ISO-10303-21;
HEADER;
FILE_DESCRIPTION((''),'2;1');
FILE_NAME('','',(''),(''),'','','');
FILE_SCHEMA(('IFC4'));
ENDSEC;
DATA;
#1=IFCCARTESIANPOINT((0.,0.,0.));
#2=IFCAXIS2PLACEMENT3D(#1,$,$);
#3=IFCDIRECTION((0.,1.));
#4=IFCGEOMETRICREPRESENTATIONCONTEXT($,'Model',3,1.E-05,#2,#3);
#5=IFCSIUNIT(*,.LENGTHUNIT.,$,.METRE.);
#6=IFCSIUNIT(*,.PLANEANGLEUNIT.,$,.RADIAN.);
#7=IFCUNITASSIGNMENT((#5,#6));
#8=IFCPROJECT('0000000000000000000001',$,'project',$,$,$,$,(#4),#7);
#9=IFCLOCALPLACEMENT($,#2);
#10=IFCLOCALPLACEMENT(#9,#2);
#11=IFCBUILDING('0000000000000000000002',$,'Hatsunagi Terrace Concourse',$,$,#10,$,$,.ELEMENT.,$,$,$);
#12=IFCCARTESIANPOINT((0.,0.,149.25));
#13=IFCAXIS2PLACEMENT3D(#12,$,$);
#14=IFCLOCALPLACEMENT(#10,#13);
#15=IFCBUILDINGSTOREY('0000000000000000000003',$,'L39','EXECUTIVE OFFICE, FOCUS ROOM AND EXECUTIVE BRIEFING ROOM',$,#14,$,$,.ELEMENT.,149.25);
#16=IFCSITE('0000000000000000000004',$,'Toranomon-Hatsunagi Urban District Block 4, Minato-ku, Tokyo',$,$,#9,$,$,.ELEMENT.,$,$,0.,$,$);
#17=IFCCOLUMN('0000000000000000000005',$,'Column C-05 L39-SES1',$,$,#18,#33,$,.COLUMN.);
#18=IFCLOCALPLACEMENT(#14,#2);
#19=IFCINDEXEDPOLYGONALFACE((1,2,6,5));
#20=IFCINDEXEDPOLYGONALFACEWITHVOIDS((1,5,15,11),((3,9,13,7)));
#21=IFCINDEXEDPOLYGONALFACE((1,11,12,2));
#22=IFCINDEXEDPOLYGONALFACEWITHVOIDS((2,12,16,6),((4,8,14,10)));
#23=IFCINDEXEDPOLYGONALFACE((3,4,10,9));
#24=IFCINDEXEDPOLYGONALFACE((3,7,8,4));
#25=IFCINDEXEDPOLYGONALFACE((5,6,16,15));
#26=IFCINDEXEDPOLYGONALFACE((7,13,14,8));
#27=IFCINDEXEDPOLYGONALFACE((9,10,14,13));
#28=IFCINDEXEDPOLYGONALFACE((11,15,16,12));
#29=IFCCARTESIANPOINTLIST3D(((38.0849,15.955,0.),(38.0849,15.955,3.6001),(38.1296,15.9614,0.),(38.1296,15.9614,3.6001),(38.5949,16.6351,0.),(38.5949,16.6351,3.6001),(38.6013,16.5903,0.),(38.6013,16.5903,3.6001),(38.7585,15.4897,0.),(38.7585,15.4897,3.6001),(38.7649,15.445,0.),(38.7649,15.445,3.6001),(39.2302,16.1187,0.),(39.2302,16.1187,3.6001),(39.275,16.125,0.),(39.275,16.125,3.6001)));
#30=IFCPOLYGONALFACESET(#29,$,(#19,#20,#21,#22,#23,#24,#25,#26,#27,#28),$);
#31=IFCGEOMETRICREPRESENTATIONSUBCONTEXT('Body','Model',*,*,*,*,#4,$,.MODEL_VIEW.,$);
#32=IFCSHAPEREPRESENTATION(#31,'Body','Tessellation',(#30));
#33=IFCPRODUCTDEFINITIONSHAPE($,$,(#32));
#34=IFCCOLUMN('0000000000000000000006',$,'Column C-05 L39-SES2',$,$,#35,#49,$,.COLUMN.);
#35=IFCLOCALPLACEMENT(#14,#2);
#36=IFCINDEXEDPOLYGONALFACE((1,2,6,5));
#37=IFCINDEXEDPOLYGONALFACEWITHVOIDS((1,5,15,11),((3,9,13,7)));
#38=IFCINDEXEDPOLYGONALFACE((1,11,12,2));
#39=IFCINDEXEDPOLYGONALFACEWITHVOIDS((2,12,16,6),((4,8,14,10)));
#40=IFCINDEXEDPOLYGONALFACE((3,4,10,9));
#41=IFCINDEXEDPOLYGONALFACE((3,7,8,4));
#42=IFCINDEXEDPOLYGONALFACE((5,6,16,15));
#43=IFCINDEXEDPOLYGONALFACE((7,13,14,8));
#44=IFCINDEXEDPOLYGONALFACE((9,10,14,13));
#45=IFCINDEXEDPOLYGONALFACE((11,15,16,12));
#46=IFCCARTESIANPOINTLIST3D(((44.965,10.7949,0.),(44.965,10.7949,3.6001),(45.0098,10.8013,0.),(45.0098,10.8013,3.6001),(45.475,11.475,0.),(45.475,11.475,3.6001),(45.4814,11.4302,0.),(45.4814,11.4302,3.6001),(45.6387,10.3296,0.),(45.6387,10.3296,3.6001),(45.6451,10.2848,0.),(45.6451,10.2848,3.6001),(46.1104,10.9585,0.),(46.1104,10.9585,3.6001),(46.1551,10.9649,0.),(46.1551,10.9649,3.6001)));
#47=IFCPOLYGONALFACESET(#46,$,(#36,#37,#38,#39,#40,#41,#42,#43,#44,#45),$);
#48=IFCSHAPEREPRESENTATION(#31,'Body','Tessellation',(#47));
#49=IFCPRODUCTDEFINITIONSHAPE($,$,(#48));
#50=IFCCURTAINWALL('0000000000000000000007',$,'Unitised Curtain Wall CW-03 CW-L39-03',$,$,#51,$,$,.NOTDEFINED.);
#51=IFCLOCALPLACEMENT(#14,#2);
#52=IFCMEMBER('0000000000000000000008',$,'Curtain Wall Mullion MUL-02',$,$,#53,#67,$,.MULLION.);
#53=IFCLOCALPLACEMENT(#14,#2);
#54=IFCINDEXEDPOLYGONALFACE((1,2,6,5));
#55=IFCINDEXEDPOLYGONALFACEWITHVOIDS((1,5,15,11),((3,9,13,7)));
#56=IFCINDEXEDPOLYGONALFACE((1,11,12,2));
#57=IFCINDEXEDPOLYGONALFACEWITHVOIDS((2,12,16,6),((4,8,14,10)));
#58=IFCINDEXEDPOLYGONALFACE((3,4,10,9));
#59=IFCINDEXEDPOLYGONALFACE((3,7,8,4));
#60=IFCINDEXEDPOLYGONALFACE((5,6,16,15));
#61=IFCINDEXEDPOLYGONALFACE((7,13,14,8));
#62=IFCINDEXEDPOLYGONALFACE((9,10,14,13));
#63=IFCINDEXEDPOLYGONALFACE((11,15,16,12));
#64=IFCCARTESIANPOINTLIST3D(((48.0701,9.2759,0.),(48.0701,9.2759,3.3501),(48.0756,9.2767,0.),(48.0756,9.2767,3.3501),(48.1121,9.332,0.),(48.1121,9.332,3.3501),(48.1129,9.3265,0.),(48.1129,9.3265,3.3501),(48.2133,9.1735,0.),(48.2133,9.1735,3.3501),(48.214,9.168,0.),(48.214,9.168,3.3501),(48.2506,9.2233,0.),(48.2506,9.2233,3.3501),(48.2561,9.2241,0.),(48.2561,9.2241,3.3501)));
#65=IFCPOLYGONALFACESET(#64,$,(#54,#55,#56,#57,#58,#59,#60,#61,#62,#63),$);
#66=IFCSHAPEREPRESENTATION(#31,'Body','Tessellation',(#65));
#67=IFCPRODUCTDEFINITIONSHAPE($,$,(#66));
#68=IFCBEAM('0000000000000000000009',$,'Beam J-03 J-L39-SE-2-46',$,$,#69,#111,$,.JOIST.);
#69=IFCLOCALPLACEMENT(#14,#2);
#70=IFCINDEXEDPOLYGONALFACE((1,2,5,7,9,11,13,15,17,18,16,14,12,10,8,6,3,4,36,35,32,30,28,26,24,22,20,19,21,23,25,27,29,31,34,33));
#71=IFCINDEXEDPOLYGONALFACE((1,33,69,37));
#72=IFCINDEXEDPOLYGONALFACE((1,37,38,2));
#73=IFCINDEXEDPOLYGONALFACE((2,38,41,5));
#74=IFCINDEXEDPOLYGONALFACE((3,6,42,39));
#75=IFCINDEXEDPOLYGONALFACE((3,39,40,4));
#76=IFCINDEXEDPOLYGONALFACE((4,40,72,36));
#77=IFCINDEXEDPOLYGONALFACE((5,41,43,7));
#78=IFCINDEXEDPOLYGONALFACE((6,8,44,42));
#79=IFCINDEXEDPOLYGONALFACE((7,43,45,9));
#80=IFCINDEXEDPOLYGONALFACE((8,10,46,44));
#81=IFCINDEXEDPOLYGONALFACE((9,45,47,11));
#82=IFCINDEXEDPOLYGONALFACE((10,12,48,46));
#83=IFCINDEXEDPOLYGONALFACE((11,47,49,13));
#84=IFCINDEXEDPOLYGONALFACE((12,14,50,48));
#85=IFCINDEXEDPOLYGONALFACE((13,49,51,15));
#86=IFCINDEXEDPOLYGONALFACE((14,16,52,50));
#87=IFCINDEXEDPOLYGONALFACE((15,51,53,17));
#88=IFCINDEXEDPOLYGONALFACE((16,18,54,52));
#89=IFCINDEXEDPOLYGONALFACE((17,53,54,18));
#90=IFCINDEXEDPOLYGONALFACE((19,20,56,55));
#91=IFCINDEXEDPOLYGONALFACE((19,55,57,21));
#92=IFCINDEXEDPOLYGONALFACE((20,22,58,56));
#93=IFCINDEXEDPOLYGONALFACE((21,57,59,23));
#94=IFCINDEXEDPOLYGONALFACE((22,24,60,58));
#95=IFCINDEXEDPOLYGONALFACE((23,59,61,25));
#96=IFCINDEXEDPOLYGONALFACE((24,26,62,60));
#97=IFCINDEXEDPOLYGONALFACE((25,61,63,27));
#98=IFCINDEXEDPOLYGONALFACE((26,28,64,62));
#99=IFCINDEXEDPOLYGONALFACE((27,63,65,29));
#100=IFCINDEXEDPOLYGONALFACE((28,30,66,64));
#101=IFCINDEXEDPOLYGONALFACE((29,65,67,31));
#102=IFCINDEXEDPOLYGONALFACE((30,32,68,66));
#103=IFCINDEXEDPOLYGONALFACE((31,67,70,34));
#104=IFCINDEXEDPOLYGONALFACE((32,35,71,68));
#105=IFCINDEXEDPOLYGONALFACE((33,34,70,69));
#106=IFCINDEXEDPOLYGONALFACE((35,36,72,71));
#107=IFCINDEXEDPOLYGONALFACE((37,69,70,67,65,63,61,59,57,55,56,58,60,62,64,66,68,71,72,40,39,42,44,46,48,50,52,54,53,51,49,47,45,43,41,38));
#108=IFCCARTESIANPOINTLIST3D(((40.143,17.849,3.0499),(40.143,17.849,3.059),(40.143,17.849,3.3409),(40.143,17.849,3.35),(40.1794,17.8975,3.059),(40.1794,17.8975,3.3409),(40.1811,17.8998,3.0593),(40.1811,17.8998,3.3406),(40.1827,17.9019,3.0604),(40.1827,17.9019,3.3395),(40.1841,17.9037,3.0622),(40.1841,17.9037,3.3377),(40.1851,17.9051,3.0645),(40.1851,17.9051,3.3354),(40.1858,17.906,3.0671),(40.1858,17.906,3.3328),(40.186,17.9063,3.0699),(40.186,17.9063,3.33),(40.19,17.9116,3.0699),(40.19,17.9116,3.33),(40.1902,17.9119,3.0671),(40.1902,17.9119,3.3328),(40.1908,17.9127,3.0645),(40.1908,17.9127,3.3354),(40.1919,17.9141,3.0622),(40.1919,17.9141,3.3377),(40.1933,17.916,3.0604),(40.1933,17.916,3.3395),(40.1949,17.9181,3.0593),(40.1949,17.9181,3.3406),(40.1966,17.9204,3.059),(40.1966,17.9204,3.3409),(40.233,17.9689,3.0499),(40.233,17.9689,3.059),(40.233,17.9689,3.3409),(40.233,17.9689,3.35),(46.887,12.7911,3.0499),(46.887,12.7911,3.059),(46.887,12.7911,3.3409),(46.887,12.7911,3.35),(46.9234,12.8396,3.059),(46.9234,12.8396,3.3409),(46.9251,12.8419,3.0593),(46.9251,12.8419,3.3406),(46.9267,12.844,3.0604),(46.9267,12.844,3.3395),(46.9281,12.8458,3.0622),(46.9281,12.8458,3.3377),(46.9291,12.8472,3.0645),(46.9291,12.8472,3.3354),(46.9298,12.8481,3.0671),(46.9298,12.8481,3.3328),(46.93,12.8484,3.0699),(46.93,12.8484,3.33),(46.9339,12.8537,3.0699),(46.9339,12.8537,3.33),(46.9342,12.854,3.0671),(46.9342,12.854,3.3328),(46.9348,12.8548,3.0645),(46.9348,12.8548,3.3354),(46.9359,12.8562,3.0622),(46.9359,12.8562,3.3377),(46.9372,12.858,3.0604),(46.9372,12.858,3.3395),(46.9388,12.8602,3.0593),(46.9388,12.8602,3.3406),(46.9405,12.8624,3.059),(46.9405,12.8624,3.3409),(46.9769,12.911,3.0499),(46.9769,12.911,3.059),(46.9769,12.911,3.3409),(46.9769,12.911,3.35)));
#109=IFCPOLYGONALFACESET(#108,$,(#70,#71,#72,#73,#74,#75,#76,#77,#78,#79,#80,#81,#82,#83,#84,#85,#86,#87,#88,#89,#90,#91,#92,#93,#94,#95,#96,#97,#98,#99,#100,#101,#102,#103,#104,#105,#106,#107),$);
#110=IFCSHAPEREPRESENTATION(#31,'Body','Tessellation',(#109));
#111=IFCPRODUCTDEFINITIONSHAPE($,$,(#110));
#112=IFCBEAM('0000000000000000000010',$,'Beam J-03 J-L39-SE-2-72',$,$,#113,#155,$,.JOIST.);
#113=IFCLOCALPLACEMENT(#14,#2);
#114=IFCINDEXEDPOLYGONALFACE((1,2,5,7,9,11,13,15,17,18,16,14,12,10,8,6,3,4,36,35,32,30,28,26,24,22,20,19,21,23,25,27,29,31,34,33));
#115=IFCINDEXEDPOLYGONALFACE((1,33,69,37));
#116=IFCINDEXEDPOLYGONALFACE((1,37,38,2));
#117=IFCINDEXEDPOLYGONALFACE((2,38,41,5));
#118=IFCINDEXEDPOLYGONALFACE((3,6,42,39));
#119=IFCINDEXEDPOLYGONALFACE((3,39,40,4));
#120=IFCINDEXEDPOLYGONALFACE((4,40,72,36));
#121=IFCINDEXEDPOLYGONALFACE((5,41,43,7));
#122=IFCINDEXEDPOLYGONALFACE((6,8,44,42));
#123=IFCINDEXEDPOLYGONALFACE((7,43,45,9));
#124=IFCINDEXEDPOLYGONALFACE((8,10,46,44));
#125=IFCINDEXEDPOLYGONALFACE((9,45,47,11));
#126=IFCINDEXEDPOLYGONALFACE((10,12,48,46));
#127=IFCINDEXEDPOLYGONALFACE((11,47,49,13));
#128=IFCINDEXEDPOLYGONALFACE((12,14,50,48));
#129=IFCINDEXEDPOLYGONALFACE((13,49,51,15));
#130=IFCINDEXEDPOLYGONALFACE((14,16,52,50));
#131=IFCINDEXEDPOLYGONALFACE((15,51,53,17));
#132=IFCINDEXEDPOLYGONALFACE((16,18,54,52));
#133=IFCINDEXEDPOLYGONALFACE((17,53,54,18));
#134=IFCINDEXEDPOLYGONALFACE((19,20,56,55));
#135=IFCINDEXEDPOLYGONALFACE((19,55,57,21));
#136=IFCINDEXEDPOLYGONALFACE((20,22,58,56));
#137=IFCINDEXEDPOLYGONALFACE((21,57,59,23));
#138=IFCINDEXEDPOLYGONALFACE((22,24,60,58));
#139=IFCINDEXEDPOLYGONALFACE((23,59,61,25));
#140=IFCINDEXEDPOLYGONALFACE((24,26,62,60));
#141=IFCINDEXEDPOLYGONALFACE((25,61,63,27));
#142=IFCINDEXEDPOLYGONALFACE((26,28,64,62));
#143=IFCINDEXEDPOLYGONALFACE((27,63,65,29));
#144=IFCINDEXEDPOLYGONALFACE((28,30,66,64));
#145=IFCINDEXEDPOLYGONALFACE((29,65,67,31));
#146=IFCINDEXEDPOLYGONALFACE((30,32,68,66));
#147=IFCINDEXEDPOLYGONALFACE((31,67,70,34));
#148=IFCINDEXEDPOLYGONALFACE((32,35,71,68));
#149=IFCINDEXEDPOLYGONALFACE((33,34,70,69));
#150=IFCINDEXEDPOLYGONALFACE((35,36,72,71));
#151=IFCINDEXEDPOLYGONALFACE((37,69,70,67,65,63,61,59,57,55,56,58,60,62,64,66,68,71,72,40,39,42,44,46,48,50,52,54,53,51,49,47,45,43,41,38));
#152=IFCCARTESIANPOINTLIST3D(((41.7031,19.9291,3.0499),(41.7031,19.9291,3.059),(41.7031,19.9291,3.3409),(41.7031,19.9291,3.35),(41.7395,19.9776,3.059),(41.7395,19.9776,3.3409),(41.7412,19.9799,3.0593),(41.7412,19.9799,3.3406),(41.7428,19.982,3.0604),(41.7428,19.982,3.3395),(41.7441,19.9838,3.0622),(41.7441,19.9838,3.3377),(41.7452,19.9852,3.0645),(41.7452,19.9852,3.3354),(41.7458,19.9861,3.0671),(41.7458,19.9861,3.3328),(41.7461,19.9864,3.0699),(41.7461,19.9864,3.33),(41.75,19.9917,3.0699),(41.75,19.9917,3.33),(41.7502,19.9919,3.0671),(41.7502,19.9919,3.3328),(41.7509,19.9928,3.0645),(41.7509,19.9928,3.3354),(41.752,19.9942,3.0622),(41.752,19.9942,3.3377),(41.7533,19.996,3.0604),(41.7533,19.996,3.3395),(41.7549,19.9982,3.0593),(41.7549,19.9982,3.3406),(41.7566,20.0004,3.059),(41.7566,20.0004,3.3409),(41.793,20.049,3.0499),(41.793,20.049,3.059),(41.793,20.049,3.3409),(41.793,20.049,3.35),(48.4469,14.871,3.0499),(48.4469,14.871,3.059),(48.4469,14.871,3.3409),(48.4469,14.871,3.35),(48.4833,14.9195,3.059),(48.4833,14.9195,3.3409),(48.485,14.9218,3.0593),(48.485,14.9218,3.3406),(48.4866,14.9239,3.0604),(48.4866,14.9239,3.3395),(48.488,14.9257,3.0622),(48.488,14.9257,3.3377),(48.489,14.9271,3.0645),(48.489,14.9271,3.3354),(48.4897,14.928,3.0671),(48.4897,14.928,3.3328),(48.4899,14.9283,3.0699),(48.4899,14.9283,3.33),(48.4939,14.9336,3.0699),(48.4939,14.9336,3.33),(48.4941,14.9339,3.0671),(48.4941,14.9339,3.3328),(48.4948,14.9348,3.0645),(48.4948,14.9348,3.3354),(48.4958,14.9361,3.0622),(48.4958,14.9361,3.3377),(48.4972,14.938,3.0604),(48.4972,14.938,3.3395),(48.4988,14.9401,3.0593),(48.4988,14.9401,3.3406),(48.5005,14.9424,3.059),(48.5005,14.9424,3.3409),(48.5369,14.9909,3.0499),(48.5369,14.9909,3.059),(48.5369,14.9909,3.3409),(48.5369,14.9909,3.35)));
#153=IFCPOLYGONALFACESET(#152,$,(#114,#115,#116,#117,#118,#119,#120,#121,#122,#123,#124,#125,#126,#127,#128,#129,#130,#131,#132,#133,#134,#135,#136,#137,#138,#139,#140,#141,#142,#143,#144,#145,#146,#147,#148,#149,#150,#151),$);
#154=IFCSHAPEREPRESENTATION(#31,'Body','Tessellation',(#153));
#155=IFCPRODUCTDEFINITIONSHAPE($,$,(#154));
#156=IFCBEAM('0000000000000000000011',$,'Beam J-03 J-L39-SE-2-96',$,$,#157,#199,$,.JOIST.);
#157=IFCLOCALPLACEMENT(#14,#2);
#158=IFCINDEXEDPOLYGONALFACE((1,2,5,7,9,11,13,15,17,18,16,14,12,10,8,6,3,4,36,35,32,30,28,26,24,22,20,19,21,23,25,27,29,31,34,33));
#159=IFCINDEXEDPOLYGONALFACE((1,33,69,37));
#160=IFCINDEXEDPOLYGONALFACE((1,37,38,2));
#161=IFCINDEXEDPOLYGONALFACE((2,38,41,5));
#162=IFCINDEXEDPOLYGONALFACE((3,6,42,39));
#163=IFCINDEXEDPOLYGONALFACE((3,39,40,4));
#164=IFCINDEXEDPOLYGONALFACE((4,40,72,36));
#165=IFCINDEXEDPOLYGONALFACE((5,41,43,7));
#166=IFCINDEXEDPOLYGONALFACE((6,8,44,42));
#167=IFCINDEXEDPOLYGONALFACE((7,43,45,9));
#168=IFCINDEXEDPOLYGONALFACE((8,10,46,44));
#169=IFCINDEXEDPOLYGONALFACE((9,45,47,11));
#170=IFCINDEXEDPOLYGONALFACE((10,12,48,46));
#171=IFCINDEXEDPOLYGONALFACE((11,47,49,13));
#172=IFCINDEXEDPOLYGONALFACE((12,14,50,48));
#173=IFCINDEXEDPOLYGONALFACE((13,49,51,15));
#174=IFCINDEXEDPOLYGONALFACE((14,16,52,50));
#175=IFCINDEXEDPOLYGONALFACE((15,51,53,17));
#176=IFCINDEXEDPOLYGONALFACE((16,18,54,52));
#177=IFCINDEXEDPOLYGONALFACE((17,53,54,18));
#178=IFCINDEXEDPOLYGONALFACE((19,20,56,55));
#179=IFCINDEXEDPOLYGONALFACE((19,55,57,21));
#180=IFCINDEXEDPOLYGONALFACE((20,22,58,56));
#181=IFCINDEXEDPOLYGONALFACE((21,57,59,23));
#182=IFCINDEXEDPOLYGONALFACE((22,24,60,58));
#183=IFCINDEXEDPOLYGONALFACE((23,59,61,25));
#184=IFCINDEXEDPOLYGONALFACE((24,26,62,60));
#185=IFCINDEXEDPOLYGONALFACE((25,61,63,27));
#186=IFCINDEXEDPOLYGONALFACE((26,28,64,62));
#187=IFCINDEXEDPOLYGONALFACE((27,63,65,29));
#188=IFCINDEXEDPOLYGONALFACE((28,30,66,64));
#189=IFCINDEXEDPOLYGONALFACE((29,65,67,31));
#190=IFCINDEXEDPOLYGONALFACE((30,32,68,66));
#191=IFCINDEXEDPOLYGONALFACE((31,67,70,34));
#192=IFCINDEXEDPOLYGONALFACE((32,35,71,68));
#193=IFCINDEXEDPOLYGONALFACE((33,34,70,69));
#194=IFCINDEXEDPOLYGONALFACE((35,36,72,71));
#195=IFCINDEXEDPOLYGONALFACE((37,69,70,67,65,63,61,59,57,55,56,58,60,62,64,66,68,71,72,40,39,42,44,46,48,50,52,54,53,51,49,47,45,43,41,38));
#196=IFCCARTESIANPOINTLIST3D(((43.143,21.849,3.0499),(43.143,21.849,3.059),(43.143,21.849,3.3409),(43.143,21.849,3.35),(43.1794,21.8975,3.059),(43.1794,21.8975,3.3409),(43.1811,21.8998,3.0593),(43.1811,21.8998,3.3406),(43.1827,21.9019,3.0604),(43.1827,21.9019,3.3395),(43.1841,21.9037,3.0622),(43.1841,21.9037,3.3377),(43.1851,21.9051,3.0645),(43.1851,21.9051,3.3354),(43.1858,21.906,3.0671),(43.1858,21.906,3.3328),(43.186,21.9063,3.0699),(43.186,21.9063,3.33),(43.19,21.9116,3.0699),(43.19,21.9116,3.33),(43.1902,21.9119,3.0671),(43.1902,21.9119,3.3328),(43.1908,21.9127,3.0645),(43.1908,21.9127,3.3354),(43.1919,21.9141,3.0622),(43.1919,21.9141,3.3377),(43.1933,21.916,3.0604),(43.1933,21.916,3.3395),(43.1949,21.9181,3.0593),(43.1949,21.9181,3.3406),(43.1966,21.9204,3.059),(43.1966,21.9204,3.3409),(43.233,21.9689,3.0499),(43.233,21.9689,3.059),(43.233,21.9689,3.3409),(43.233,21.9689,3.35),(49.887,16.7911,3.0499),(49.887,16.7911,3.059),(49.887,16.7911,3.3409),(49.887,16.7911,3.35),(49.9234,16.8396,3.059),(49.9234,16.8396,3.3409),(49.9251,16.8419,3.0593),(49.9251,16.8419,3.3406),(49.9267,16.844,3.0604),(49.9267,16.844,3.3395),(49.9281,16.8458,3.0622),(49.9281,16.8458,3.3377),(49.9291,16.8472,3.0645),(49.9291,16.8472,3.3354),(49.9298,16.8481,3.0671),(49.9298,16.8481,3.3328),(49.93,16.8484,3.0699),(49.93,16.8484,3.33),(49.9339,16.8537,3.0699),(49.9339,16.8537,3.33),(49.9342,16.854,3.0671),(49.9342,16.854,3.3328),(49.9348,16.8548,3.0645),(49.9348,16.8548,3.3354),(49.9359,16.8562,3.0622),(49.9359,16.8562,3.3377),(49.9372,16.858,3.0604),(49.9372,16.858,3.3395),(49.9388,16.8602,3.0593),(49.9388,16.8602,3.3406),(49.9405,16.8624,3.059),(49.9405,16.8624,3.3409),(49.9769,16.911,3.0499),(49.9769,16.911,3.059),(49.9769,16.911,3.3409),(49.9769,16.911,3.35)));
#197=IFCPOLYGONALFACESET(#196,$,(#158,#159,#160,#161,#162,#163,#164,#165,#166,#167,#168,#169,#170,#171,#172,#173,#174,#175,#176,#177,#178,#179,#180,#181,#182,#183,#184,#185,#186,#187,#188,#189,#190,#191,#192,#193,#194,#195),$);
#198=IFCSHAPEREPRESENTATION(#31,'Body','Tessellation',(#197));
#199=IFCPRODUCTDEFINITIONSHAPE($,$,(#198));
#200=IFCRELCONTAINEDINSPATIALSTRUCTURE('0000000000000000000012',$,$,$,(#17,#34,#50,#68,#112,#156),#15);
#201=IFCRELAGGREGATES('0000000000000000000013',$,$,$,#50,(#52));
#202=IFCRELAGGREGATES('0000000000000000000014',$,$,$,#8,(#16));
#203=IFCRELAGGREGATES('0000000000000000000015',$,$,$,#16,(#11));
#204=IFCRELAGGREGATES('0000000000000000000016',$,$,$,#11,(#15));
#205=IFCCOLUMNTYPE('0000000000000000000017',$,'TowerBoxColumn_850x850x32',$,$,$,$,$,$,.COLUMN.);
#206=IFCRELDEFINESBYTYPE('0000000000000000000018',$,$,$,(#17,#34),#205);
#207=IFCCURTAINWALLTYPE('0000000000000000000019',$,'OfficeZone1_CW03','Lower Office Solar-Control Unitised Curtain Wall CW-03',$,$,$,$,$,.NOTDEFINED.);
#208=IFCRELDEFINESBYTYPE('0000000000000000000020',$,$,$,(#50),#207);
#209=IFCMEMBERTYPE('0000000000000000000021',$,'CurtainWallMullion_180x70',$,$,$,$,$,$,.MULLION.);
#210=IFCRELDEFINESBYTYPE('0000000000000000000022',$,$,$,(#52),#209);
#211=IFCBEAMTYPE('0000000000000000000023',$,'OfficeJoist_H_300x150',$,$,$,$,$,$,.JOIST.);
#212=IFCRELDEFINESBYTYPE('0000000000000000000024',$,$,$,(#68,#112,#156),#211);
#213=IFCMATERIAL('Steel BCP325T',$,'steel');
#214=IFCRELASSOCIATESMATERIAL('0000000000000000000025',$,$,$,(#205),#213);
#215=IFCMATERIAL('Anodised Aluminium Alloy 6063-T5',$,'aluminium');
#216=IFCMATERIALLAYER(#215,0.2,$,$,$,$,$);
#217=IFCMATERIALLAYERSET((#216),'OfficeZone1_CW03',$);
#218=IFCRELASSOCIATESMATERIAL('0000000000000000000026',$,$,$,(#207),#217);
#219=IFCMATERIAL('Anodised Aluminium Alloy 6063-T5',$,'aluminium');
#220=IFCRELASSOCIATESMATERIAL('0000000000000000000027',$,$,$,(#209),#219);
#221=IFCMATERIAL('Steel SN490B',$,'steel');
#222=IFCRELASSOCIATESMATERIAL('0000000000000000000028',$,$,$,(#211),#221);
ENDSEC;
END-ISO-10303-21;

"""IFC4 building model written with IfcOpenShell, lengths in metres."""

from ifc_helpers import new_model, si_unit, direction, frame, origin, origin_2d, place, context, subcontext, project, spatial, hollow_rectangle, i_section, extrude, material, layer, layer_set, material_profile, profile_set, type_object, element, aggregate, save


model = new_model("IFC4")

# Units and contexts
model_context = context("Model", 3, precision=1e-05, world=origin(), true_north=direction((0.0, 1.0)))
body_context = subcontext(model_context, "Body", "Model", "MODEL_VIEW")
ifc_project = project(units=[si_unit("LENGTHUNIT", "METRE"), si_unit("PLANEANGLEUNIT", "RADIAN")], contexts=[model_context])

# Site, building, storey
site_placement = place(None, origin())
site = spatial("IfcSite", under=ifc_project, at=site_placement, Name="Toranomon-Hatsunagi Urban District Block 4, Minato-ku, Tokyo", CompositionType="ELEMENT", RefElevation=0.0)
building_placement = place(site_placement, origin())
building = spatial("IfcBuilding", under=site, at=building_placement, Name="Hatsunagi Terrace Concourse", CompositionType="ELEMENT")
storey_placement = place(building_placement, frame((0.0, 0.0, 149.25)))
storey = spatial("IfcBuildingStorey", under=building, at=storey_placement, Name="L39", Description="EXECUTIVE OFFICE, FOCUS ROOM AND EXECUTIVE BRIEFING ROOM", CompositionType="ELEMENT", Elevation=149.25)

# Columns
ifc_material_1 = material(Name="Steel BCP325T", Category="steel")
ifc_material_profile_1 = material_profile(ifc_material_1, hollow_rectangle(XDim=0.8501, YDim=0.8501, WallThickness=0.032, at=origin_2d()), Name="BCP-850x850x32")
ifc_profile_set_1 = profile_set([ifc_material_profile_1], Name="Steel BCP325T")
column_type = type_object("IfcColumnType", Name="TowerBoxColumn_850x850x32", PredefinedType="COLUMN", material=ifc_profile_set_1)
for number, where, z_axis, x_axis, name in (
    (1, (38.6799, 16.04, 0.0), (0.0, 0.0, 1.0), (0.8, -0.6, 0.0), "Column C-05 L39-SES1"),
    (2, (45.5601, 10.8799, 0.0), (0.0, 0.0, 1.0), (0.8, -0.6, 0.0), "Column C-05 L39-SES2"),
):
    element("IfcColumn", number, at=place(storey_placement, frame(where, z_axis=z_axis, x_axis=x_axis)), inside=storey, type_object=column_type, Name=name, PredefinedType="COLUMN", context=body_context, shape_type="SweptSolid", body=[
        extrude(hollow_rectangle(XDim=0.8501, YDim=0.8501, WallThickness=0.032, at=origin_2d()), origin(), (0.0, 0.0, 1.0), 3.6001),
    ])

# Curtain wall, member
ifc_material_2 = material(Name="Anodised Aluminium Alloy 6063-T5", Category="aluminium")
ifc_layer_1 = layer(ifc_material_2, 0.2)
ifc_layer_set_1 = layer_set([ifc_layer_1], Name="OfficeZone1_CW03")
curtain_wall_type = type_object("IfcCurtainWallType", Name="OfficeZone1_CW03", Description="Lower Office Solar-Control Unitised Curtain Wall CW-03", PredefinedType="NOTDEFINED", material=ifc_layer_set_1)
curtain_wall_placement = place(storey_placement, origin())
curtain_wall = element("IfcCurtainWall", 3, at=curtain_wall_placement, inside=storey, type_object=curtain_wall_type, Name="Unitised Curtain Wall CW-03 CW-L39-03", PredefinedType="NOTDEFINED")
ifc_material_3 = material(Name="Anodised Aluminium Alloy 6063-T5", Category="aluminium")
ifc_material_profile_2 = material_profile(ifc_material_3, hollow_rectangle(XDim=0.0701, YDim=0.1799, WallThickness=0.0039, at=origin_2d()), Name="ALU-MUL-180x70x4")
ifc_profile_set_2 = profile_set([ifc_material_profile_2], Name="Anodised Aluminium Alloy 6063-T5")
member_type_1 = type_object("IfcMemberType", Name="CurtainWallMullion_180x70", PredefinedType="MULLION", material=ifc_profile_set_2)
member_1_placement = place(storey_placement, frame((48.1631, 9.25, 0.0), z_axis=(0.0, 0.0, 1.0), x_axis=(-0.599969, -0.800023, 0.0)))
member_1 = element("IfcMember", 4, at=member_1_placement, type_object=member_type_1, Name="Curtain Wall Mullion MUL-02", PredefinedType="MULLION", context=body_context, shape_type="SweptSolid", body=[
    extrude(hollow_rectangle(XDim=0.0701, YDim=0.1799, WallThickness=0.0039, at=origin_2d()), origin(), (0.0, 0.0, 1.0), 3.3501),
])
aggregate(curtain_wall, [member_1])

# Beams
ifc_material_4 = material(Name="Steel SN490B", Category="steel")
ifc_material_profile_3 = material_profile(ifc_material_4, i_section(OverallWidth=0.1499, OverallDepth=0.3, WebThickness=0.0066, FlangeThickness=0.009, FilletRadius=0.011, at=origin_2d()), Name="H-300x150x6.5x9")
ifc_profile_set_3 = profile_set([ifc_material_profile_3], Name="Steel SN490B")
beam_type_1 = type_object("IfcBeamType", Name="OfficeJoist_H_300x150", PredefinedType="JOIST", material=ifc_profile_set_3)
for number, where, z_axis, x_axis, name in (
    (5, (40.188, 17.9089, 3.2), (0.800003, -0.599995, 0.0), (0.599995, 0.800003, 0.0), "Beam J-03 J-L39-SE-2-46"),
    (6, (41.748, 19.989, 3.2), (0.79999, -0.600014, 0.0), (0.600014, 0.79999, 0.0), "Beam J-03 J-L39-SE-2-72"),
    (7, (43.188, 21.9089, 3.2), (0.800003, -0.599995, 0.0), (0.599995, 0.800003, 0.0), "Beam J-03 J-L39-SE-2-96"),
):
    element("IfcBeam", number, at=place(storey_placement, frame(where, z_axis=z_axis, x_axis=x_axis)), inside=storey, type_object=beam_type_1, Name=name, PredefinedType="JOIST", context=body_context, shape_type="SweptSolid", body=[
        extrude(i_section(OverallWidth=0.1499, OverallDepth=0.3, WebThickness=0.0066, FlangeThickness=0.009, FilletRadius=0.011, at=origin_2d()), origin(), (0.0, 0.0, 1.0), 8.4299),
    ])

save(model, "model.ifc")
